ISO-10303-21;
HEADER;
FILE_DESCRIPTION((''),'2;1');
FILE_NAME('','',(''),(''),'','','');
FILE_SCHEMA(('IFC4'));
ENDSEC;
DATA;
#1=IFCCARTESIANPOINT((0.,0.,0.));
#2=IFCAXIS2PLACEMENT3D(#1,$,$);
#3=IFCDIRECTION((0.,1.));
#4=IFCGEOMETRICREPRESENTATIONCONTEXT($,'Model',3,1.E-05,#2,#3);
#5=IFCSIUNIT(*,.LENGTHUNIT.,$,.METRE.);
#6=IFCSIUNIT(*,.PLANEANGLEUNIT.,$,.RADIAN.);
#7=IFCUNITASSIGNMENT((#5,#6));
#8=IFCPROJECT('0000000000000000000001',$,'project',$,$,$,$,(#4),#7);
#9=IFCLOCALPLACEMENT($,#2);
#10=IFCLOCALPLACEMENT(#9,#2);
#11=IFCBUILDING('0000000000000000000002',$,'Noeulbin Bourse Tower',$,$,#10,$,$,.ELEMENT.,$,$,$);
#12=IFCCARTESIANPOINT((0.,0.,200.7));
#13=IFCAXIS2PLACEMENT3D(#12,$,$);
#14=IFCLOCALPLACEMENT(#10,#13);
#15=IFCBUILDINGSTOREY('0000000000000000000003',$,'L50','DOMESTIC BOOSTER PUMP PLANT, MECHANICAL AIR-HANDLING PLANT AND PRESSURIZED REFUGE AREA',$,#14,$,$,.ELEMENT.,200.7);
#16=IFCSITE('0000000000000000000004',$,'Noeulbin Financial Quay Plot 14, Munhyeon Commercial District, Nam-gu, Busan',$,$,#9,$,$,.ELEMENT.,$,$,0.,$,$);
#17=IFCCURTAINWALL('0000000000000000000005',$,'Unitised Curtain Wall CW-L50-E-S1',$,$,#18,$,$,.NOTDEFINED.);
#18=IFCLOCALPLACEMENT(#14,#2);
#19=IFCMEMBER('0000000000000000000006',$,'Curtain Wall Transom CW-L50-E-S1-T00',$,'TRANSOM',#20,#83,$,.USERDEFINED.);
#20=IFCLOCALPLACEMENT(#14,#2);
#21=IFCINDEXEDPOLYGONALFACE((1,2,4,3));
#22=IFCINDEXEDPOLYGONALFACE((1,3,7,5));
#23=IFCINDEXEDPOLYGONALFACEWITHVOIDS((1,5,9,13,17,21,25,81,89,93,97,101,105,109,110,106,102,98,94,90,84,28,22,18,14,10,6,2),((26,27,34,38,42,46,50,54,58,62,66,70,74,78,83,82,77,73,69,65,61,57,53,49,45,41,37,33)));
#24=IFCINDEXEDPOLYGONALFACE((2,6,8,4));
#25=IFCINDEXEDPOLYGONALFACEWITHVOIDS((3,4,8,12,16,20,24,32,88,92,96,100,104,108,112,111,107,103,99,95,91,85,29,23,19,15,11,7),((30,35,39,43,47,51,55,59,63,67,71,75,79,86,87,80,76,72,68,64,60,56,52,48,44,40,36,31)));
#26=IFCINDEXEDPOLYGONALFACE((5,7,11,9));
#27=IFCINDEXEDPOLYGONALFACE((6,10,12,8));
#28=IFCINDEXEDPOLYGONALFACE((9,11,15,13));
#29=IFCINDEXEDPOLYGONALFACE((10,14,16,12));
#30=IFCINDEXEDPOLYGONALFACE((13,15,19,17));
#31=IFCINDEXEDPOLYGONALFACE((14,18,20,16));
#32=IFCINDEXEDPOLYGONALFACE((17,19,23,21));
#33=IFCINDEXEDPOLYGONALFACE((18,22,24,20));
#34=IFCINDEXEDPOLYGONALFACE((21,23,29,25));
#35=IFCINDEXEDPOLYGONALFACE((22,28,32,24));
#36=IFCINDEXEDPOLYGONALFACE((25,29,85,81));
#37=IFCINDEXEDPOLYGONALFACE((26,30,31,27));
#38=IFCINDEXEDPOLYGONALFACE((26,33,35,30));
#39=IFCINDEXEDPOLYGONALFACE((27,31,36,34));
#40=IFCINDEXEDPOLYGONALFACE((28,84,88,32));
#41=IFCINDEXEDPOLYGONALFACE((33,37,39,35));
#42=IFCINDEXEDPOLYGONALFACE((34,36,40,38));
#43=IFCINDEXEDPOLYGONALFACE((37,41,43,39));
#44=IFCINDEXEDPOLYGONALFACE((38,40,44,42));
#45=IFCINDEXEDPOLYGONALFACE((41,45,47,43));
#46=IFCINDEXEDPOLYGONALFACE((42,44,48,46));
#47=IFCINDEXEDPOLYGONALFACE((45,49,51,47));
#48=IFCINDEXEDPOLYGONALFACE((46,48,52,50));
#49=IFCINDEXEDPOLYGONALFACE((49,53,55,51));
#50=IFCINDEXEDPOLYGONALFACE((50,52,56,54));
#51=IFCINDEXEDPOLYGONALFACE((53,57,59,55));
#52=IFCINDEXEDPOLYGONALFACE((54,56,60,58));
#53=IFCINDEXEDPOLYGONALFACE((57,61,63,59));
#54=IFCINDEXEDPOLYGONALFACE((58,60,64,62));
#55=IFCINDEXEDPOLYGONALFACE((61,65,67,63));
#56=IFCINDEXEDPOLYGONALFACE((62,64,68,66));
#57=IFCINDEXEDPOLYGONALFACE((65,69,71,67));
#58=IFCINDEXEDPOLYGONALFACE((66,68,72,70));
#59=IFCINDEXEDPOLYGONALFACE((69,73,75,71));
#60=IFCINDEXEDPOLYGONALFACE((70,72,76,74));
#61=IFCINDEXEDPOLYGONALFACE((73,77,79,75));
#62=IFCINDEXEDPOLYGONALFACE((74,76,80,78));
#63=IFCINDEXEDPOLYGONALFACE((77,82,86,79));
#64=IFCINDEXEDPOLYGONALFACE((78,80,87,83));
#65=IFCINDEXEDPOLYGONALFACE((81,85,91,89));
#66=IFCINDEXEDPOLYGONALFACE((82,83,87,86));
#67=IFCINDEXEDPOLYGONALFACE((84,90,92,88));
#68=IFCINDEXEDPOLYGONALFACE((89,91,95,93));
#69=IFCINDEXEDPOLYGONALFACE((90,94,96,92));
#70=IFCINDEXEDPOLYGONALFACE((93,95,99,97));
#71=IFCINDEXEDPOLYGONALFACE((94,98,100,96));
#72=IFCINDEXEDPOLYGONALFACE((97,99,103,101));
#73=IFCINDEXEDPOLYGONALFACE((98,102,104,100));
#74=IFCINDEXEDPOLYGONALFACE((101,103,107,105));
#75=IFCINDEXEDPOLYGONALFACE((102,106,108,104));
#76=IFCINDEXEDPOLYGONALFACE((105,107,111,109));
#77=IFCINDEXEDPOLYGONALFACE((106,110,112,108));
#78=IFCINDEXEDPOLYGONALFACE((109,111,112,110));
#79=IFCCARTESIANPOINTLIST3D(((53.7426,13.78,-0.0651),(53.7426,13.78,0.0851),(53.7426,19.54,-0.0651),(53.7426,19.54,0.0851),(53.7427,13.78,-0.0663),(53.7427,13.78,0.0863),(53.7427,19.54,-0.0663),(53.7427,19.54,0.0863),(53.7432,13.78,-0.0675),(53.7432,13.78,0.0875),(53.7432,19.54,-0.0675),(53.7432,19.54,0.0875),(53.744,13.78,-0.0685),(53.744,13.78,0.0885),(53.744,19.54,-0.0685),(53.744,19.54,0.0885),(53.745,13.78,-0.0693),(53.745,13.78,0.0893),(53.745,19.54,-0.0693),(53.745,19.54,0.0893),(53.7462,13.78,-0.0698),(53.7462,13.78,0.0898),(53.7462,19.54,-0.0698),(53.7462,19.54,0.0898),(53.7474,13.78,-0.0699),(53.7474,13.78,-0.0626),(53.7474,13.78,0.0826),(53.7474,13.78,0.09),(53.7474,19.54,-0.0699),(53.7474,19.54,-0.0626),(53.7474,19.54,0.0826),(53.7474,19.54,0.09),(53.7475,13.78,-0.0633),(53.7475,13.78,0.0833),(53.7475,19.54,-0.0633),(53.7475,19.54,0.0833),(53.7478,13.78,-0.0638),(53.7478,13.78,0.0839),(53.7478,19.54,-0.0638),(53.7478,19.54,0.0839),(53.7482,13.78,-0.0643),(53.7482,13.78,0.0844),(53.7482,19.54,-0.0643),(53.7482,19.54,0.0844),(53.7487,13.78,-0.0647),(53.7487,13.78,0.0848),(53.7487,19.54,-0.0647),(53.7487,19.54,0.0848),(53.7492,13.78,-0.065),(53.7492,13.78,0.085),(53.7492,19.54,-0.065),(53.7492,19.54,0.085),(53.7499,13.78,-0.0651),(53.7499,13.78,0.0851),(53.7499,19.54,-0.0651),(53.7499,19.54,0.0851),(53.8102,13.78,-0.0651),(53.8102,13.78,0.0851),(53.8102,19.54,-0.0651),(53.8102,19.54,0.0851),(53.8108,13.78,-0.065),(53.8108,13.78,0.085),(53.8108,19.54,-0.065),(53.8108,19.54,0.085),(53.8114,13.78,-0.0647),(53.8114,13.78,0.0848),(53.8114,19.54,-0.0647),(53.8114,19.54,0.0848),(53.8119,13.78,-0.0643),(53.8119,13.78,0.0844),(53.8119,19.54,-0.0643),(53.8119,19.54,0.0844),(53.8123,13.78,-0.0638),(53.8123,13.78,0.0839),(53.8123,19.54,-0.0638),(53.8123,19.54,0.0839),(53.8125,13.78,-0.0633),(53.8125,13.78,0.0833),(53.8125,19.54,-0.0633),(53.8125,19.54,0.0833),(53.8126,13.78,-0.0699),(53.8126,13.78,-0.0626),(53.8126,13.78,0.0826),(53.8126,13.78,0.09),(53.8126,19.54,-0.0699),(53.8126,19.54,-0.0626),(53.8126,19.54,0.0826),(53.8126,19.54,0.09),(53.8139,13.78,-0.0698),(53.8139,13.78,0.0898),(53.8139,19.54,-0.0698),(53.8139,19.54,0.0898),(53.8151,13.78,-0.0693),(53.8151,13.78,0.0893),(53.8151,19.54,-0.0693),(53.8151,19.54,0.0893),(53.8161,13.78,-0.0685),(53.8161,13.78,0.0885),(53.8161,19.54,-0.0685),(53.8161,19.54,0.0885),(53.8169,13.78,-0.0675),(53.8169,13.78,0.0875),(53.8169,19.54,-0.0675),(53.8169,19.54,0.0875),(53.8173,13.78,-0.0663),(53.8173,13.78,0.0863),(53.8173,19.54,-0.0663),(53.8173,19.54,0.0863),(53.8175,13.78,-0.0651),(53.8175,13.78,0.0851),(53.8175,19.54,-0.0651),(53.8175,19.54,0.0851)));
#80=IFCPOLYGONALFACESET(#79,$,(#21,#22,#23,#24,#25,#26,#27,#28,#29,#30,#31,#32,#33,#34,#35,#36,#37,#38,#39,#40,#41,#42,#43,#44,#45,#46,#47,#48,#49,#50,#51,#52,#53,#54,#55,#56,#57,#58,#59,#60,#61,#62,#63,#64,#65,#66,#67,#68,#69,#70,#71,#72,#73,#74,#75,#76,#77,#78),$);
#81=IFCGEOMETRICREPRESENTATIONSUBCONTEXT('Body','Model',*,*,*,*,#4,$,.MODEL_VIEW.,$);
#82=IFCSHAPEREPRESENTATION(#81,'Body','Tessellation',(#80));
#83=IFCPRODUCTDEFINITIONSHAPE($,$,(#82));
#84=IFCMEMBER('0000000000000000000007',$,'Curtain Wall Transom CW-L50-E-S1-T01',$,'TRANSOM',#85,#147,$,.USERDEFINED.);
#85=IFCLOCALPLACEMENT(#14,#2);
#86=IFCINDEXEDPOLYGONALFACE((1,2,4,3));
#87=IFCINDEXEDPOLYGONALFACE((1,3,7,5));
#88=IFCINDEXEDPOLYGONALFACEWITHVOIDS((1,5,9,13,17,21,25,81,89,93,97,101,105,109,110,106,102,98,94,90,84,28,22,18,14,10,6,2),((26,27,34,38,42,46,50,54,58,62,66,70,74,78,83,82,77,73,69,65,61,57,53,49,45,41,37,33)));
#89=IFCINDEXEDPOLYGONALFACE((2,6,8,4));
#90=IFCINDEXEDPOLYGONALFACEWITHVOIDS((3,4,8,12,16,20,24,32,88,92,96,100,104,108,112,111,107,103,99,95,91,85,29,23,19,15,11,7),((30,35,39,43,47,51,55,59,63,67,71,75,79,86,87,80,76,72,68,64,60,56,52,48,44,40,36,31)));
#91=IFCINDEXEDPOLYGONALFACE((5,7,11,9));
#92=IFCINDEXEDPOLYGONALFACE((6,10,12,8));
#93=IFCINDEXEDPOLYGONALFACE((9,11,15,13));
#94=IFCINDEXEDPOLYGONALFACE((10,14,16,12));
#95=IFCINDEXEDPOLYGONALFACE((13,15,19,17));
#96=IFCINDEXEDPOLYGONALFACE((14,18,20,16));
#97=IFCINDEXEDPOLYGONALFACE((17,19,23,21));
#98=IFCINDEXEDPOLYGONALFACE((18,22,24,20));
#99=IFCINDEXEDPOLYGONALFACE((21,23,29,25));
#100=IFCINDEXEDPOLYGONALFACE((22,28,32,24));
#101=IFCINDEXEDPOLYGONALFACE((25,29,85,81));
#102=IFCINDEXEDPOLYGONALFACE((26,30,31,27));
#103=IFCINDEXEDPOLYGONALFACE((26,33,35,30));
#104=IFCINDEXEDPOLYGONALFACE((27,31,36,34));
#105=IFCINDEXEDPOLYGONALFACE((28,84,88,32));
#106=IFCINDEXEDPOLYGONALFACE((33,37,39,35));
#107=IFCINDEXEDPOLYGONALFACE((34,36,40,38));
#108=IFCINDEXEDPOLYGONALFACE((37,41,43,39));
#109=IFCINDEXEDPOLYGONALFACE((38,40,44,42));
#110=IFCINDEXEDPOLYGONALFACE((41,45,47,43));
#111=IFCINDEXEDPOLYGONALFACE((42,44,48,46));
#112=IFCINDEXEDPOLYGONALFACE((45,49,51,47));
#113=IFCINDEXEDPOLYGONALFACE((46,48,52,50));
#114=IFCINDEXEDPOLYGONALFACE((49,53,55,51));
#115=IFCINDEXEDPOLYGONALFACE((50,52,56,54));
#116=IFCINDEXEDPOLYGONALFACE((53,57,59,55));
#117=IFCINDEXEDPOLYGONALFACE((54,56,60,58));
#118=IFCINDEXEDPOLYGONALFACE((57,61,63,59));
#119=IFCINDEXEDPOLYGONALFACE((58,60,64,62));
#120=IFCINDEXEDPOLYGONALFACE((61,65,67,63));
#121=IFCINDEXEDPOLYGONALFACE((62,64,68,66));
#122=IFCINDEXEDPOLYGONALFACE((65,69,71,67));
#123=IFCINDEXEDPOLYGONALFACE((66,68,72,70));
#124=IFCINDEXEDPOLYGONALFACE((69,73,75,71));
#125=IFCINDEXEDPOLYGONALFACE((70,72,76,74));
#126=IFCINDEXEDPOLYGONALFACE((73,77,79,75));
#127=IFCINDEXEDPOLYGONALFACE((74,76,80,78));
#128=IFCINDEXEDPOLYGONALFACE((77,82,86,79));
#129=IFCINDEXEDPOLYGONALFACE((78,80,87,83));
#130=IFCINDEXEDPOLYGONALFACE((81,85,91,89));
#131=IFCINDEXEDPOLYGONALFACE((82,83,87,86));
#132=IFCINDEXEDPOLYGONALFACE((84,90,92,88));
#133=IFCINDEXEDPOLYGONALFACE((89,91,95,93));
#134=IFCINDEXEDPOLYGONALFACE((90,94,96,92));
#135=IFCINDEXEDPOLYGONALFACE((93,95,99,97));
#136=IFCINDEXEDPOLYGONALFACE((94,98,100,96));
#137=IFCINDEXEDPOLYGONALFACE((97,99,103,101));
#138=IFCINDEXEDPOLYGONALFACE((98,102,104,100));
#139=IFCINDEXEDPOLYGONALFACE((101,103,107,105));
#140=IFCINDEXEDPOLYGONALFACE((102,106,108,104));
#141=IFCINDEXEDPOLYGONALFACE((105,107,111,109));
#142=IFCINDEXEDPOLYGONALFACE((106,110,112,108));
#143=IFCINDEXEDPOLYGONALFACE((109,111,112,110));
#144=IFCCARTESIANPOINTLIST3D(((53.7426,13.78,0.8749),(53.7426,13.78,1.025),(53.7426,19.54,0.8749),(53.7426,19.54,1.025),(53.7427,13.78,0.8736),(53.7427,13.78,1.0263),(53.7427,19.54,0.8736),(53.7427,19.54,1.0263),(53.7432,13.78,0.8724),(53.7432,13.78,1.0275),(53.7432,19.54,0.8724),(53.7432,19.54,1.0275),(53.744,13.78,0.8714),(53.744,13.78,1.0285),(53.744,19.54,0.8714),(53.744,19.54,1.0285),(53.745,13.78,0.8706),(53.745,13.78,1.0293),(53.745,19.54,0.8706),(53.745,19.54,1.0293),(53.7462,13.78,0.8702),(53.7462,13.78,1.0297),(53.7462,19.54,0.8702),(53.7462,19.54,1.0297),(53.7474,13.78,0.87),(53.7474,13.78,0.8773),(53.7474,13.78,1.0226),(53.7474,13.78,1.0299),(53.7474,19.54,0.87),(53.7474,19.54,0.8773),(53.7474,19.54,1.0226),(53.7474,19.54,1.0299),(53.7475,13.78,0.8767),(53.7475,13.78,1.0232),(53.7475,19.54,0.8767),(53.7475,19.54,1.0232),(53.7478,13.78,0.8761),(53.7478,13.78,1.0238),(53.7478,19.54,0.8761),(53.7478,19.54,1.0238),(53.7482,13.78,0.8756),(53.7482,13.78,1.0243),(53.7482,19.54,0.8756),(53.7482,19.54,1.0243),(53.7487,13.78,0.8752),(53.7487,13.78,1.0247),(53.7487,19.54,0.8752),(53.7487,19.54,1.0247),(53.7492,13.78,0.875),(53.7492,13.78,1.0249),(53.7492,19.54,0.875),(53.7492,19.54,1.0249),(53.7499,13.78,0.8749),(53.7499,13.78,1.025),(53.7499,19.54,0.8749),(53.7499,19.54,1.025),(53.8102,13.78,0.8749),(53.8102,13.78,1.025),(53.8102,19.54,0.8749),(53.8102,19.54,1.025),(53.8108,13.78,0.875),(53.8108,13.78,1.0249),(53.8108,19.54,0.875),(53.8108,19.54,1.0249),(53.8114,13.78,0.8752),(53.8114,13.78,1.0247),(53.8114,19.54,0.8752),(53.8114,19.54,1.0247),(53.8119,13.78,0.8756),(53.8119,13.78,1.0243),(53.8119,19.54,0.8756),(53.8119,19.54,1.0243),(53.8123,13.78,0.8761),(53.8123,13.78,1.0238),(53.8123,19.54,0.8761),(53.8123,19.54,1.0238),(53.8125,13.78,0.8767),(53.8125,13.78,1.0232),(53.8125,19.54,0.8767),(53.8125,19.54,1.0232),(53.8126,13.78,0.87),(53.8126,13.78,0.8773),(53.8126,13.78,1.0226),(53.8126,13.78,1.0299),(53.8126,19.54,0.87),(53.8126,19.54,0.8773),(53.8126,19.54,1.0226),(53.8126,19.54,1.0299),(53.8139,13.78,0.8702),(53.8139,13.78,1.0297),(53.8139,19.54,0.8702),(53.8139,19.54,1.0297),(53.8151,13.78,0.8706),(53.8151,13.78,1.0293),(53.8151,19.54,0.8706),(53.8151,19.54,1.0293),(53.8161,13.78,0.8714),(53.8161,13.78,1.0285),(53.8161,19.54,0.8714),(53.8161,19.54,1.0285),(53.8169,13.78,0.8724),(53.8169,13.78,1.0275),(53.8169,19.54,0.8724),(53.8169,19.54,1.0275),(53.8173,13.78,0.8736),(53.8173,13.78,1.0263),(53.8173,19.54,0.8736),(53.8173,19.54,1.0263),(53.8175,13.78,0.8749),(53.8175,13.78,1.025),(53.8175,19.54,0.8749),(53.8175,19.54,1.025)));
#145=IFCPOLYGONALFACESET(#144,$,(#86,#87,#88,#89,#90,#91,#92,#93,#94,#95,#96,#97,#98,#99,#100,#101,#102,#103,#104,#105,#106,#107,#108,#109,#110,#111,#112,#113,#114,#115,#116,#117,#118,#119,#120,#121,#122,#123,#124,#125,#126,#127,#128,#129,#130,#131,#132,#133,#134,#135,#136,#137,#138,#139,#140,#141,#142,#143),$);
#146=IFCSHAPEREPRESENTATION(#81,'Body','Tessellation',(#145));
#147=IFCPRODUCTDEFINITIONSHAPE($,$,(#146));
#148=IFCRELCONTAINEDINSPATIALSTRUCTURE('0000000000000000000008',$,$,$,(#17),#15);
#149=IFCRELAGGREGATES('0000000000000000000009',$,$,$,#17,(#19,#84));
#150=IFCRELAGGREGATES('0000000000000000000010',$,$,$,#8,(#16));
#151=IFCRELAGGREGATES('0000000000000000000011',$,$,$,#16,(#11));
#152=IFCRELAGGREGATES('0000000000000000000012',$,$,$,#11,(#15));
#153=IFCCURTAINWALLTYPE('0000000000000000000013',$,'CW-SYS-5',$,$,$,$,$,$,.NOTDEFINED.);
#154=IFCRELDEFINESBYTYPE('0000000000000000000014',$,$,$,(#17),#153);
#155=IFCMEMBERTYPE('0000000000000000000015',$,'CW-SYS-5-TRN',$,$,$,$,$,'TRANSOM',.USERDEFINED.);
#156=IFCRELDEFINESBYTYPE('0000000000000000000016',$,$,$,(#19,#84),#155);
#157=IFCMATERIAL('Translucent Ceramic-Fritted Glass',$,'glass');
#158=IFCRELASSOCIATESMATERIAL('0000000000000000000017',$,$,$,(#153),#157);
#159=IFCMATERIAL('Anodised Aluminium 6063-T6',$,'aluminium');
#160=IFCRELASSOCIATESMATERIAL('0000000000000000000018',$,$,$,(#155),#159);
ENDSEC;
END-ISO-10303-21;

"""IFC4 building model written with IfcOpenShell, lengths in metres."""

from ifc_helpers import new_model, si_unit, direction, frame, origin, origin_2d, place, context, subcontext, project, spatial, hollow_rectangle, extrude, material, material_profile, profile_set, type_object, element, aggregate, save


model = new_model("IFC4")

# Units and contexts
model_context = context("Model", 3, precision=1e-05, world=origin(), true_north=direction((0.0, 1.0)))
body_context = subcontext(model_context, "Body", "Model", "MODEL_VIEW")
ifc_project = project(units=[si_unit("LENGTHUNIT", "METRE"), si_unit("PLANEANGLEUNIT", "RADIAN")], contexts=[model_context])

# Site, building, storey
site_placement = place(None, origin())
site = spatial("IfcSite", under=ifc_project, at=site_placement, Name="Noeulbin Financial Quay Plot 14, Munhyeon Commercial District, Nam-gu, Busan", CompositionType="ELEMENT", RefElevation=0.0)
building_placement = place(site_placement, origin())
building = spatial("IfcBuilding", under=site, at=building_placement, Name="Noeulbin Bourse Tower", CompositionType="ELEMENT")
storey_placement = place(building_placement, frame((0.0, 0.0, 200.7)))
storey = spatial("IfcBuildingStorey", under=building, at=storey_placement, Name="L50", Description="DOMESTIC BOOSTER PUMP PLANT, MECHANICAL AIR-HANDLING PLANT AND PRESSURIZED REFUGE AREA", CompositionType="ELEMENT", Elevation=200.7)

# Curtain wall
ifc_material_1 = material(Name="Translucent Ceramic-Fritted Glass", Category="glass")
curtain_wall_type = type_object("IfcCurtainWallType", Name="CW-SYS-5", PredefinedType="NOTDEFINED", material=ifc_material_1)
ifc_material_2 = material(Name="Anodised Aluminium 6063-T6", Category="aluminium")
curtain_wall_1_placement = place(storey_placement, origin())
curtain_wall_1 = element("IfcCurtainWall", 1, at=curtain_wall_1_placement, inside=storey, type_object=curtain_wall_type, Name="Unitised Curtain Wall CW-L50-E-S1", PredefinedType="NOTDEFINED")

# Members
ifc_material_profile_1 = material_profile(ifc_material_2, hollow_rectangle(XDim=0.075, YDim=0.1599, WallThickness=0.0049, InnerFilletRadius=0.0024, OuterFilletRadius=0.0049, at=origin_2d()), Name="ALU-TRAN-75x160x5", Category="LoadBearing")
ifc_profile_set_1 = profile_set([ifc_material_profile_1], Name="Anodised Aluminium 6063-T6")
member_type_1 = type_object("IfcMemberType", Name="CW-SYS-5-TRN", ElementType="TRANSOM", PredefinedType="USERDEFINED", material=ifc_profile_set_1)
member_1_placement = place(storey_placement, frame((53.78, 13.78, 0.01), z_axis=(0.0, 1.0, 0.0), x_axis=(-1.0, 0.0, 0.0)))
member_1 = element("IfcMember", 2, at=member_1_placement, type_object=member_type_1, Name="Curtain Wall Transom CW-L50-E-S1-T00", ObjectType="TRANSOM", PredefinedType="USERDEFINED", context=body_context, shape_type="SweptSolid", body=[
    extrude(hollow_rectangle(XDim=0.075, YDim=0.1599, WallThickness=0.0049, InnerFilletRadius=0.0024, OuterFilletRadius=0.0049, at=origin_2d()), origin(), (0.0, 0.0, 1.0), 5.76),
])
member_2_placement = place(storey_placement, frame((53.78, 13.78, 0.95), z_axis=(0.0, 1.0, 0.0), x_axis=(-1.0, 0.0, 0.0)))
member_2 = element("IfcMember", 3, at=member_2_placement, type_object=member_type_1, Name="Curtain Wall Transom CW-L50-E-S1-T01", ObjectType="TRANSOM", PredefinedType="USERDEFINED", context=body_context, shape_type="SweptSolid", body=[
    extrude(hollow_rectangle(XDim=0.075, YDim=0.1599, WallThickness=0.0049, InnerFilletRadius=0.0024, OuterFilletRadius=0.0049, at=origin_2d()), origin(), (0.0, 0.0, 1.0), 5.76),
])

aggregate(curtain_wall_1, [member_1, member_2])

save(model, "model.ifc")
